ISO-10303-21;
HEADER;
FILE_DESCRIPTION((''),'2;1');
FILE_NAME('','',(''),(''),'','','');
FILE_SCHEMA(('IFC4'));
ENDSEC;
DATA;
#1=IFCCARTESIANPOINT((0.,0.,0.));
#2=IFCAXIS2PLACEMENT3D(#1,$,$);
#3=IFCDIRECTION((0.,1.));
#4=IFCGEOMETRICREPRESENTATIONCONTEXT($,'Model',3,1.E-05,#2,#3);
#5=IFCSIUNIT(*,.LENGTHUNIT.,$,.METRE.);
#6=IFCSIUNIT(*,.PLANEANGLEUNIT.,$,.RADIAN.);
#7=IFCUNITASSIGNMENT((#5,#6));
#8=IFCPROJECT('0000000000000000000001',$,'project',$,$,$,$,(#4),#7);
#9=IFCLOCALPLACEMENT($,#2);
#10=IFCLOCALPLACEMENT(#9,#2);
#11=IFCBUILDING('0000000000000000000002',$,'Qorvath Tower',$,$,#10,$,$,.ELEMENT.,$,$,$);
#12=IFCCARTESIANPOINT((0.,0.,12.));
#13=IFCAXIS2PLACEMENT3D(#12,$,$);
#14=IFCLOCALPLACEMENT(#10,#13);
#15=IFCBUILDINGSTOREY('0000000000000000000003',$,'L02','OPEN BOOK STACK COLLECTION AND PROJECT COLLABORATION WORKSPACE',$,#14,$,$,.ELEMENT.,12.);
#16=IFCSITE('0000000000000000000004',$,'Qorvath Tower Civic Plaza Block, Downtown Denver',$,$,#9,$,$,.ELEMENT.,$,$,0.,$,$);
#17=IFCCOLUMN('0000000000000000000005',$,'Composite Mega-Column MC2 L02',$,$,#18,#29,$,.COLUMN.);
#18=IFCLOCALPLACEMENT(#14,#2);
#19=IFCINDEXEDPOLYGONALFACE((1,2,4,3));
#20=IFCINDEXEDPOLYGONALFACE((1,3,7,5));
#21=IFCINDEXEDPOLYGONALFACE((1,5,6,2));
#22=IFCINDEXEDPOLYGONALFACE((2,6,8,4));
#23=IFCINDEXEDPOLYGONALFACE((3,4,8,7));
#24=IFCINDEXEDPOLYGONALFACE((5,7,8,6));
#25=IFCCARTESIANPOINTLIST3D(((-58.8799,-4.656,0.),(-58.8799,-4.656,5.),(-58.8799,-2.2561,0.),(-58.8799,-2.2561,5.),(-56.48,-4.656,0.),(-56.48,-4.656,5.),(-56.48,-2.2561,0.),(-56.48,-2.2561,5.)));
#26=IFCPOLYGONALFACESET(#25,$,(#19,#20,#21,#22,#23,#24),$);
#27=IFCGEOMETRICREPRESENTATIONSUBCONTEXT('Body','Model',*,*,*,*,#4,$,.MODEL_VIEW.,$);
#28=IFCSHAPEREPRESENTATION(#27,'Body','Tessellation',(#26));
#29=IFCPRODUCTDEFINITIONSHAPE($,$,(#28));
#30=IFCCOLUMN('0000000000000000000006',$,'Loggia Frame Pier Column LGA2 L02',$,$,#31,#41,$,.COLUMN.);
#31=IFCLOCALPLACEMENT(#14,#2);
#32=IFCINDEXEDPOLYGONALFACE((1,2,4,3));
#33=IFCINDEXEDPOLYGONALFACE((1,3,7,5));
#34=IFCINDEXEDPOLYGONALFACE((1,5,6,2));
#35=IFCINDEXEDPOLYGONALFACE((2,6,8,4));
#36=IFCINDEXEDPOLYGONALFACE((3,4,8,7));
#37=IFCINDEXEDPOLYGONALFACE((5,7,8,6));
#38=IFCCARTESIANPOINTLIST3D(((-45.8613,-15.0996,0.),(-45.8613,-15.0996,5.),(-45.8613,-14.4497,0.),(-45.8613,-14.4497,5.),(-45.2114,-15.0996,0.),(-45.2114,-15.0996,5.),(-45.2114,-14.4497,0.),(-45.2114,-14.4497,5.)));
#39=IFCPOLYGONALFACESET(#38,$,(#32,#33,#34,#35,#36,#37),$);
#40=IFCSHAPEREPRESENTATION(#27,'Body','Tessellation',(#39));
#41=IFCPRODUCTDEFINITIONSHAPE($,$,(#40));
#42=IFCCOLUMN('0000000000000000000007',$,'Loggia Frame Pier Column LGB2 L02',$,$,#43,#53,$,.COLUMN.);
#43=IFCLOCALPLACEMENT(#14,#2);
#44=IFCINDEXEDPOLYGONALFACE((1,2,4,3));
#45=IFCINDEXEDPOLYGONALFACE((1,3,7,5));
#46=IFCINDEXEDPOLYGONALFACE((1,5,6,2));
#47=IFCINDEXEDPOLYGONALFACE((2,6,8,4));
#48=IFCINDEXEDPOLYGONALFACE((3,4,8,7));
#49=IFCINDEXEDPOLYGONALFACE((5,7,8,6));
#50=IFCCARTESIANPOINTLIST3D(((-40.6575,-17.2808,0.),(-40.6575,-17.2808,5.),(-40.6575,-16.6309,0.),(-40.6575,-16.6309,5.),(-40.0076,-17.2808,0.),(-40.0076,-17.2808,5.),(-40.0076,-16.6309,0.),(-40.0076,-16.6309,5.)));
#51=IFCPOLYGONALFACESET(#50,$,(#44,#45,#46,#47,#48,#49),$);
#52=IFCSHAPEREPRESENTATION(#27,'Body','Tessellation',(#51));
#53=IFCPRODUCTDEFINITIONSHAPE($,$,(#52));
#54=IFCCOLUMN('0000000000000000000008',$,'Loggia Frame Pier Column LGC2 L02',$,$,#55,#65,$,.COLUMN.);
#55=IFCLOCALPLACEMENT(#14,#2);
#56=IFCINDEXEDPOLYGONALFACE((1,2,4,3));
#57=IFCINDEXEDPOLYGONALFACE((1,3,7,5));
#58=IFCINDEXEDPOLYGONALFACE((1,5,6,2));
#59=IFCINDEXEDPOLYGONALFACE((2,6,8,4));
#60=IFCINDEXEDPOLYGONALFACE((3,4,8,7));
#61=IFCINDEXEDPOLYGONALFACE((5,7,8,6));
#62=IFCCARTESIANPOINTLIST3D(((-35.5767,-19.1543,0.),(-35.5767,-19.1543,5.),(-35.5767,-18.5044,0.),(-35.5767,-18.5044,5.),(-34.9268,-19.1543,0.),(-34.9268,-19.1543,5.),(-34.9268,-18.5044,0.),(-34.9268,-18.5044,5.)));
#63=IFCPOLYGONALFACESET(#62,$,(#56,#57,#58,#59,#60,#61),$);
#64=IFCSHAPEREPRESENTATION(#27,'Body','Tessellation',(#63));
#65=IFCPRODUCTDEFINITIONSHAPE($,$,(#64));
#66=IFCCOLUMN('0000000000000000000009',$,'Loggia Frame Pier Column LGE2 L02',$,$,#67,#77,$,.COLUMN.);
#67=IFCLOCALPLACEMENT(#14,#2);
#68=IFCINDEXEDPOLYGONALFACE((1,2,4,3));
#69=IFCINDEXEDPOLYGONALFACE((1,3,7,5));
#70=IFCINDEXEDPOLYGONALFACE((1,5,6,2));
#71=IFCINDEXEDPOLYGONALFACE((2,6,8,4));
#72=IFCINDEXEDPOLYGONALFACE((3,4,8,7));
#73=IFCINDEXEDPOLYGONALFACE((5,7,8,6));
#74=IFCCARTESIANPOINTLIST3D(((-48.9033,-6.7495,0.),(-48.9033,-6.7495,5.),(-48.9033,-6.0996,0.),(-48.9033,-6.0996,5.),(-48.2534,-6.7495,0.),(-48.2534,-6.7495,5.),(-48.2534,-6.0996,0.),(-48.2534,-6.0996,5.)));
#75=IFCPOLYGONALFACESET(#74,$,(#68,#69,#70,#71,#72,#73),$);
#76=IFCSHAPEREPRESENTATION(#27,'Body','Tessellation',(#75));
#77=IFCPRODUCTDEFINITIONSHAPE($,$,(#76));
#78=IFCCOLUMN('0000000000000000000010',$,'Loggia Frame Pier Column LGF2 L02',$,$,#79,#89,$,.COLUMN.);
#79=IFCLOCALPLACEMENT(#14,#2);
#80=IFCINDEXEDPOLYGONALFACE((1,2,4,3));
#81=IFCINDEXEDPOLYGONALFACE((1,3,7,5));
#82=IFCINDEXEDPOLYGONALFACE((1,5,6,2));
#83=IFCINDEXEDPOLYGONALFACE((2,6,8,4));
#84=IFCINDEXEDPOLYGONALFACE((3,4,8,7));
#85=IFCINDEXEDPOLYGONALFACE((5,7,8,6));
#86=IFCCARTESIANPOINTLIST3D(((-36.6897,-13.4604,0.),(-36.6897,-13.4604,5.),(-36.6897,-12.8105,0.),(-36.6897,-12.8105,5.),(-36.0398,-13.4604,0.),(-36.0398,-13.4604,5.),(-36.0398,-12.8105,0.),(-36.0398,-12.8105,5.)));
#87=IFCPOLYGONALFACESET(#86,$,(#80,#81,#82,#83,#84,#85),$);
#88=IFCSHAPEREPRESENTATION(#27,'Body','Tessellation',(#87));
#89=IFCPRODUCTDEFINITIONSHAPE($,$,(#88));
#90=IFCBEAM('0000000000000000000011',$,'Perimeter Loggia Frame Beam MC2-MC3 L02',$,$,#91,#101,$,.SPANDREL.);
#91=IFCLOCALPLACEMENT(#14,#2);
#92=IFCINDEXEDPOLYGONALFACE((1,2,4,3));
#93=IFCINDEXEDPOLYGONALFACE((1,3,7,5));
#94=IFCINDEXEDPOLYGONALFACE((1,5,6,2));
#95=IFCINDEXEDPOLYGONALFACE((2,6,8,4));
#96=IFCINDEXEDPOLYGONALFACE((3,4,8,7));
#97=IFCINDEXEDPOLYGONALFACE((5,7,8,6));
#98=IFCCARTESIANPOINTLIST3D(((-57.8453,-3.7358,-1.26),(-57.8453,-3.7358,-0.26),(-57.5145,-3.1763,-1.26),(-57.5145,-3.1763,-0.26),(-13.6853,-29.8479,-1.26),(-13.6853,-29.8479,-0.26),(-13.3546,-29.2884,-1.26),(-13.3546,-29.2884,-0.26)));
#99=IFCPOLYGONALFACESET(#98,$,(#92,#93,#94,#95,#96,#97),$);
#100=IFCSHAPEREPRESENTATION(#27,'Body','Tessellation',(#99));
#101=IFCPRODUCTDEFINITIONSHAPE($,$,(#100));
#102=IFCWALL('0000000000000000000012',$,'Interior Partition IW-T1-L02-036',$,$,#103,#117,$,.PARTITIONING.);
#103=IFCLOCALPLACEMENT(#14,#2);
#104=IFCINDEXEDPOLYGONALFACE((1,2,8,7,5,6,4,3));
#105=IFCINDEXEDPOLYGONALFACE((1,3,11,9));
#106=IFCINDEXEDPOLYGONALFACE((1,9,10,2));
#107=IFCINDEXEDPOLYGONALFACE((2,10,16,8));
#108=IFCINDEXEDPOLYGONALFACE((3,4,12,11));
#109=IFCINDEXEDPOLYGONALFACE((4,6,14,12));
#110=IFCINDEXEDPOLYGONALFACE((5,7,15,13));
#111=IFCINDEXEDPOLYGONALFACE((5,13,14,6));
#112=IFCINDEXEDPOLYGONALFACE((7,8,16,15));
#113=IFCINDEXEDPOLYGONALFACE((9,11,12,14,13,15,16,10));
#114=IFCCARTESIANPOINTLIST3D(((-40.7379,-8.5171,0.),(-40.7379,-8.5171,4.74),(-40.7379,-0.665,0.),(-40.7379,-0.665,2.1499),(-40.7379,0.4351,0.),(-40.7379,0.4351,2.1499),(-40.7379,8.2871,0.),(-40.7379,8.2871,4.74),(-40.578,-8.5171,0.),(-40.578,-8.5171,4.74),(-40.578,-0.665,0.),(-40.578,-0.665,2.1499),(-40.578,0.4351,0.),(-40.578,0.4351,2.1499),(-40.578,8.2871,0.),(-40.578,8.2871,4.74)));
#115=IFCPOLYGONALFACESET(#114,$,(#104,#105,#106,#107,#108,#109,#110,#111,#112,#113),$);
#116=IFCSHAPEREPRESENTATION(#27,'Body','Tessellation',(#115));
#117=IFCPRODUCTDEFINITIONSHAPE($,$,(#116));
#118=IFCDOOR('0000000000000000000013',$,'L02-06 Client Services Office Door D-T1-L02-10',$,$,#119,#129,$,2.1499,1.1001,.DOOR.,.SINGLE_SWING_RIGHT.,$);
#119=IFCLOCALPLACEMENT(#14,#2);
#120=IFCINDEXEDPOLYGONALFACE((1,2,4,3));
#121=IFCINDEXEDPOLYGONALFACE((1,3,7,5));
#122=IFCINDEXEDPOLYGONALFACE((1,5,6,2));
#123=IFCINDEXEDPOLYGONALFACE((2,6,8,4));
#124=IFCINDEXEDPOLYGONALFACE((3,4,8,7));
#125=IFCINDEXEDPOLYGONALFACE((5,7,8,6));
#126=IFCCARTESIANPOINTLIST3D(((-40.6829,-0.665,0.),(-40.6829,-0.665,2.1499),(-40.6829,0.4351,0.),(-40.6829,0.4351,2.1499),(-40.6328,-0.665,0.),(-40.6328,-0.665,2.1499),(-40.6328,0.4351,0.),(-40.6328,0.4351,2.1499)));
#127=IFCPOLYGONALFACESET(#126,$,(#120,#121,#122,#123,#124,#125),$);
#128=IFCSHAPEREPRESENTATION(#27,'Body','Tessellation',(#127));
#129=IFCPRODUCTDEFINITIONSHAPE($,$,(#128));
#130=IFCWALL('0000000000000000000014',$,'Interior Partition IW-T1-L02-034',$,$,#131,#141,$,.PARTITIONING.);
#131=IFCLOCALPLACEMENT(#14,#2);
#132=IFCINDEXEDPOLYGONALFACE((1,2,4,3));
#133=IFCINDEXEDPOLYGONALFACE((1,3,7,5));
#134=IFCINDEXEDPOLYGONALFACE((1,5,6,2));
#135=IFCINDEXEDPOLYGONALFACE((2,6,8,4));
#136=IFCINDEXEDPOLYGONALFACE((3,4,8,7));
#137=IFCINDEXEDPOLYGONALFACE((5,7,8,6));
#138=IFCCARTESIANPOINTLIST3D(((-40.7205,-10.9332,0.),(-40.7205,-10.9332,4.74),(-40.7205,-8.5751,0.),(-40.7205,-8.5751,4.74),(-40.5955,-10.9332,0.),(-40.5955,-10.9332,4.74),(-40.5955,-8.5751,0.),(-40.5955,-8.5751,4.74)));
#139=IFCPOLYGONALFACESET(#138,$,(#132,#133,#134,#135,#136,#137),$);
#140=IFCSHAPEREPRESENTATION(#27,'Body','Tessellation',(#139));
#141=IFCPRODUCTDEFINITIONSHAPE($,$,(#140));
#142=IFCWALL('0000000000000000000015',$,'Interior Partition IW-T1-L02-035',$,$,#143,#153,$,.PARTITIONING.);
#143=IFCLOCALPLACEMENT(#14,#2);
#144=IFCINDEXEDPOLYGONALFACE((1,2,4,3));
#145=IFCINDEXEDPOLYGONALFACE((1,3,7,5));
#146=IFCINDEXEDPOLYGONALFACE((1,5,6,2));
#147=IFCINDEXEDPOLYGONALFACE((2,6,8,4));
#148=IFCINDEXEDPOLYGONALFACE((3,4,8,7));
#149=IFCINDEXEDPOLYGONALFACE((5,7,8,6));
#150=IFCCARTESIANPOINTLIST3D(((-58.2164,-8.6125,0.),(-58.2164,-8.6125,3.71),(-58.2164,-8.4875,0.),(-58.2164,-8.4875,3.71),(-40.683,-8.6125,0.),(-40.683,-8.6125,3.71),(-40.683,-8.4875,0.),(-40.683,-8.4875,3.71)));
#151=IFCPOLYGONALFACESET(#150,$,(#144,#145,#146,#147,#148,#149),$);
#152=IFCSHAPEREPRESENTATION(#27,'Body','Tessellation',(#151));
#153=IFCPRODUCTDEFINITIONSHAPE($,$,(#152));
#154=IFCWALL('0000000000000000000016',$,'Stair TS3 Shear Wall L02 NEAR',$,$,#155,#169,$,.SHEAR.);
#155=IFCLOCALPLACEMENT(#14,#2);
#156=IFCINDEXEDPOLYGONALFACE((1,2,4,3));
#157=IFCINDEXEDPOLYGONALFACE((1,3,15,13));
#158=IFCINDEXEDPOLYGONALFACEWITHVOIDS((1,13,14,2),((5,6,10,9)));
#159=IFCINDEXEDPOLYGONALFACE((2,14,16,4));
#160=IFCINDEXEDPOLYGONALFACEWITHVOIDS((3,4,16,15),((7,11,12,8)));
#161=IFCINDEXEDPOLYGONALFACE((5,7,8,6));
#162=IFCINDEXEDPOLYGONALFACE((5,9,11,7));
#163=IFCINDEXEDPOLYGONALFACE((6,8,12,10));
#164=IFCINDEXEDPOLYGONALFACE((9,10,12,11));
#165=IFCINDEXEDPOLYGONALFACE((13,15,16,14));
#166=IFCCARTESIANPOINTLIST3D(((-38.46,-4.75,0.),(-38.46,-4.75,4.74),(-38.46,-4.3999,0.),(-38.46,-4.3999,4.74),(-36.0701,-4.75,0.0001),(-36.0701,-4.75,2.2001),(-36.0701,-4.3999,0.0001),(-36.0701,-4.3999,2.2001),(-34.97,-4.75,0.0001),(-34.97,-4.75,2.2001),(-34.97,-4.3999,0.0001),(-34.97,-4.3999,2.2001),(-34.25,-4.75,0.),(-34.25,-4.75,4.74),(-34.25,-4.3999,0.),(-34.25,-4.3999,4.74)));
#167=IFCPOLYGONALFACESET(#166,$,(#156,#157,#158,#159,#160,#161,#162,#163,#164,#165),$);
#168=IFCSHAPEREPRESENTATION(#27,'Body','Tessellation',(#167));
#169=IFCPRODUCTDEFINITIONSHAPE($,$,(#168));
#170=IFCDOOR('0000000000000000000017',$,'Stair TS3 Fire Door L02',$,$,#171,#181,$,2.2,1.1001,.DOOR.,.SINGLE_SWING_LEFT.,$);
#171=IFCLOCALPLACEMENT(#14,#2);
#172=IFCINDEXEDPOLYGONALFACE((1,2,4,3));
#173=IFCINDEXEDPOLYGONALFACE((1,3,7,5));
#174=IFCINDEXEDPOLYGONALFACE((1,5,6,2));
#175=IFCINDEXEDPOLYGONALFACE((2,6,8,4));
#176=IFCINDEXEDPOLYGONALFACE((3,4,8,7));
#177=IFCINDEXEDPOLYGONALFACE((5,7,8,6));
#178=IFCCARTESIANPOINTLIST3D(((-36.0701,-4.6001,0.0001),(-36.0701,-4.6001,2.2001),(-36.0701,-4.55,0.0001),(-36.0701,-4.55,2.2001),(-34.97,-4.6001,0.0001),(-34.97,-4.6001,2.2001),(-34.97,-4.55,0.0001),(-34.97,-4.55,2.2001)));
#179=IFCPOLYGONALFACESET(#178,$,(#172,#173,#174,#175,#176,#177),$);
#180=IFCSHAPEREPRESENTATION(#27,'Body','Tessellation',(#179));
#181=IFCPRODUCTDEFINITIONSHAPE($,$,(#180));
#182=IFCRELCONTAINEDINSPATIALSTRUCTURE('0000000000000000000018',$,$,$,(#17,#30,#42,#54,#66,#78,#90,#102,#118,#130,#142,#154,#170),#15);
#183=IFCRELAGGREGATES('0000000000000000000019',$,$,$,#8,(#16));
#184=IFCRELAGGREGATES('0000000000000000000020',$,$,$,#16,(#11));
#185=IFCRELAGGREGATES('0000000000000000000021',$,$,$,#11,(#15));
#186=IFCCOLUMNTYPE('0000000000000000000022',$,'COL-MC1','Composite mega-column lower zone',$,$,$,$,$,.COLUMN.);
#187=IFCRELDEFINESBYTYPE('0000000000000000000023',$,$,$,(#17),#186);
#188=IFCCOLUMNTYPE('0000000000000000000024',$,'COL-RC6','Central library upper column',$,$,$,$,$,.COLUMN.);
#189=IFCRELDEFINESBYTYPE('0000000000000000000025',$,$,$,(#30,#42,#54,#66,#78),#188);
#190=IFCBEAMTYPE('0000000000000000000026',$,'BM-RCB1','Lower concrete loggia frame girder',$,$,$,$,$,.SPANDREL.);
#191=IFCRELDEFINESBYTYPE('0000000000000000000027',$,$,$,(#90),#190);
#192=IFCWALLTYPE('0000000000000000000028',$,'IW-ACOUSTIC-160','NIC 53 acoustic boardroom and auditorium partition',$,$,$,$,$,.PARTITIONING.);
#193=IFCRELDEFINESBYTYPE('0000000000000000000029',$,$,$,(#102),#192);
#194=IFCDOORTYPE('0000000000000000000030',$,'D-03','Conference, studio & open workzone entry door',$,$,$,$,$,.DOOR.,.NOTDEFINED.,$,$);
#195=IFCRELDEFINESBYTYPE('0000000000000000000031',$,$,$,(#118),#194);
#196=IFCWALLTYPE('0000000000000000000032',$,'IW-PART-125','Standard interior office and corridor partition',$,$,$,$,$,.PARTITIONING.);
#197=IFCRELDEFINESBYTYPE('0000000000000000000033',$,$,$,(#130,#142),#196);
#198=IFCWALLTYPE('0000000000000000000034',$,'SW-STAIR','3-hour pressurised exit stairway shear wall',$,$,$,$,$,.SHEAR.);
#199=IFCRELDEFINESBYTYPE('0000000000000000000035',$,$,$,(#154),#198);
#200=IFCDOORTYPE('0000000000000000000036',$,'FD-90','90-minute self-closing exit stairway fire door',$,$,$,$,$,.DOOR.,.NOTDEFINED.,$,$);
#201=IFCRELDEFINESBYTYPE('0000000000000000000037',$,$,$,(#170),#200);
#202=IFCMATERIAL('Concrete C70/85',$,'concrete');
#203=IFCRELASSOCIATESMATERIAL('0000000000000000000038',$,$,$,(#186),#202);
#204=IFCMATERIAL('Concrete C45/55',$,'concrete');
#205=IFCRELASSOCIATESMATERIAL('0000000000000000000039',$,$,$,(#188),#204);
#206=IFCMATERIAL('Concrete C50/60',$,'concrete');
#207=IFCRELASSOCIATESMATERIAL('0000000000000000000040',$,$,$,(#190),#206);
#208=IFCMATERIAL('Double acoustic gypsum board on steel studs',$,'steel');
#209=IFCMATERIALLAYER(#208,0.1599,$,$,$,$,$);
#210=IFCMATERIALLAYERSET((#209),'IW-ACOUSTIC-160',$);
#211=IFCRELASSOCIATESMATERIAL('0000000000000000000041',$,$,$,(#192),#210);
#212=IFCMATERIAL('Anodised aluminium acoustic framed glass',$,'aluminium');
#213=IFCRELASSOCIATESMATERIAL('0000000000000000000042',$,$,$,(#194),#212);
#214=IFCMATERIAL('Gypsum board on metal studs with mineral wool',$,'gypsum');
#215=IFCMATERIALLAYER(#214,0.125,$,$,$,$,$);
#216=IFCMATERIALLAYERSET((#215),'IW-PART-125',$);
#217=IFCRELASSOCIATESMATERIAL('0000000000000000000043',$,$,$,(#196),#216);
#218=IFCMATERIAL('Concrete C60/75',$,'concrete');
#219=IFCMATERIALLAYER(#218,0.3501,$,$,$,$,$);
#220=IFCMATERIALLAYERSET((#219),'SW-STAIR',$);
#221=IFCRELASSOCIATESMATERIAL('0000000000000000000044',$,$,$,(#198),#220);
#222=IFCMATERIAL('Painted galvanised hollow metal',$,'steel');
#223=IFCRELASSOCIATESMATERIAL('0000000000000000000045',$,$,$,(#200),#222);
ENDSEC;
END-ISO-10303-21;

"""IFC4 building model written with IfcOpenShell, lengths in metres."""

from ifc_helpers import new_model, si_unit, direction, frame, frame_2d, origin, origin_2d, place, context, subcontext, project, spatial, rectangle, extrude, material, layer, layer_set, material_profile, profile_set, type_object, element, fill, save


model = new_model("IFC4")

# Units and contexts
model_context = context("Model", 3, precision=1e-05, world=origin(), true_north=direction((0.0, 1.0)))
body_context = subcontext(model_context, "Body", "Model", "MODEL_VIEW")
ifc_project = project(units=[si_unit("LENGTHUNIT", "METRE"), si_unit("PLANEANGLEUNIT", "RADIAN")], contexts=[model_context])

# Site, building, storey
site_placement = place(None, origin())
site = spatial("IfcSite", under=ifc_project, at=site_placement, Name="Qorvath Tower Civic Plaza Block, Downtown Denver", CompositionType="ELEMENT", RefElevation=0.0)
building_placement = place(site_placement, origin())
building = spatial("IfcBuilding", under=site, at=building_placement, Name="Qorvath Tower", CompositionType="ELEMENT")
storey_placement = place(building_placement, frame((0.0, 0.0, 12.0)))
storey = spatial("IfcBuildingStorey", under=building, at=storey_placement, Name="L02", Description="OPEN BOOK STACK COLLECTION AND PROJECT COLLABORATION WORKSPACE", CompositionType="ELEMENT", Elevation=12.0)

# Columns
ifc_material_1 = material(Name="Concrete C70/85", Category="concrete")
ifc_material_profile_1 = material_profile(ifc_material_1, rectangle(XDim=2.3999, YDim=2.3999, at=origin_2d()), Name="MC 2400x2400")
ifc_profile_set_1 = profile_set([ifc_material_profile_1], Name="Concrete C70/85")
column_type_1 = type_object("IfcColumnType", Name="COL-MC1", Description="Composite mega-column lower zone", PredefinedType="COLUMN", material=ifc_profile_set_1)
column_placement = place(storey_placement, frame((-57.6799, -3.4561, 0.0), z_axis=(0.0, 0.0, 1.0), x_axis=(1.0, 0.0, 0.0)))
element("IfcColumn", 1, at=column_placement, inside=storey, type_object=column_type_1, Name="Composite Mega-Column MC2 L02", PredefinedType="COLUMN", context=body_context, shape_type="SweptSolid", body=[
    extrude(rectangle(XDim=2.3999, YDim=2.3999, at=origin_2d()), origin(), (0.0, 0.0, 1.0), 5.0),
])
ifc_material_2 = material(Name="Concrete C45/55", Category="concrete")
ifc_material_profile_2 = material_profile(ifc_material_2, rectangle(XDim=0.6499, YDim=0.6499, at=origin_2d()), Name="RC 650x650")
ifc_profile_set_2 = profile_set([ifc_material_profile_2], Name="Concrete C45/55")
column_type_2 = type_object("IfcColumnType", Name="COL-RC6", Description="Central library upper column", PredefinedType="COLUMN", material=ifc_profile_set_2)
for number, where, z_axis, x_axis, name in (
    (2, (-45.5364, -14.7747, 0.0), (0.0, 0.0, 1.0), (1.0, 0.0, 0.0), "Loggia Frame Pier Column LGA2 L02"),
    (3, (-40.3325, -16.9558, 0.0), (0.0, 0.0, 1.0), (1.0, 0.0, 0.0), "Loggia Frame Pier Column LGB2 L02"),
    (4, (-35.2517, -18.8293, 0.0), (0.0, 0.0, 1.0), (1.0, 0.0, 0.0), "Loggia Frame Pier Column LGC2 L02"),
    (5, (-48.5784, -6.4246, 0.0), (0.0, 0.0, 1.0), (1.0, 0.0, 0.0), "Loggia Frame Pier Column LGE2 L02"),
    (6, (-36.3647, -13.1355, 0.0), (0.0, 0.0, 1.0), (1.0, 0.0, 0.0), "Loggia Frame Pier Column LGF2 L02"),
):
    element("IfcColumn", number, at=place(storey_placement, frame(where, z_axis=z_axis, x_axis=x_axis)), inside=storey, type_object=column_type_2, Name=name, PredefinedType="COLUMN", context=body_context, shape_type="SweptSolid", body=[
        extrude(rectangle(XDim=0.6499, YDim=0.6499, at=origin_2d()), origin(), (0.0, 0.0, 1.0), 5.0),
    ])

# Beam
ifc_material_3 = material(Name="Concrete C50/60", Category="concrete")
ifc_material_profile_3 = material_profile(ifc_material_3, rectangle(XDim=0.6499, YDim=1.0, at=origin_2d()), Name="RCB 1000x650")
ifc_profile_set_3 = profile_set([ifc_material_profile_3], Name="Concrete C50/60")
beam_type = type_object("IfcBeamType", Name="BM-RCB1", Description="Lower concrete loggia frame girder", PredefinedType="SPANDREL", material=ifc_profile_set_3)
beam_placement = place(storey_placement, frame((-57.6799, -3.4561, -0.76), z_axis=(0.860777, -0.508983, 0.0), x_axis=(0.508983, 0.860777, 0.0)))
element("IfcBeam", 7, at=beam_placement, inside=storey, type_object=beam_type, Name="Perimeter Loggia Frame Beam MC2-MC3 L02", PredefinedType="SPANDREL", context=body_context, shape_type="SweptSolid", body=[
    extrude(rectangle(XDim=0.6499, YDim=1.0, at=origin_2d()), origin(), (0.0, 0.0, 1.0), 51.3025),
])

# Wall, opening, door
ifc_material_4 = material(Name="Double acoustic gypsum board on steel studs", Category="steel")
ifc_layer_1 = layer(ifc_material_4, 0.1599)
ifc_layer_set_1 = layer_set([ifc_layer_1], Name="IW-ACOUSTIC-160")
wall_type_1 = type_object("IfcWallType", Name="IW-ACOUSTIC-160", Description="NIC 53 acoustic boardroom and auditorium partition", PredefinedType="PARTITIONING", material=ifc_layer_set_1)
wall_1_placement = place(storey_placement, frame((-40.658, -8.5171, 0.0), z_axis=(0.0, 0.0, 1.0), x_axis=(0.0, 1.0, 0.0)))
wall_1 = element("IfcWall", 8, at=wall_1_placement, inside=storey, type_object=wall_type_1, Name="Interior Partition IW-T1-L02-036", PredefinedType="PARTITIONING", context=body_context, shape_type="SweptSolid", body=[
    extrude(rectangle(XDim=16.8042, YDim=0.1599, at=frame_2d((8.4021, 0.0))), origin(), (0.0, 0.0, 1.0), 4.74),
])
opening_1_placement = place(wall_1_placement, frame((7.8521, 0.0, 0.0)))
opening_1 = element("IfcOpeningElement", 9, at=opening_1_placement, cuts=wall_1, PredefinedType="OPENING", context=body_context, shape_type="SweptSolid", body=[
    extrude(rectangle(XDim=1.1001, YDim=2.1499, at=frame_2d((0.55, 1.075))), frame((0.0, 0.0898, 0.0), z_axis=(0.0, -1.0, 0.0), x_axis=(1.0, 0.0, 0.0)), (0.0, 0.0, 1.0), 0.1799),
])
ifc_material_5 = material(Name="Anodised aluminium acoustic framed glass", Category="aluminium")
door_type_1 = type_object("IfcDoorType", Name="D-03", Description="Conference, studio & open workzone entry door", OperationType="NOTDEFINED", PredefinedType="DOOR", material=ifc_material_5)
door_1_placement = place(opening_1_placement, origin())
door_1 = element("IfcDoor", 10, at=door_1_placement, inside=storey, type_object=door_type_1, Name="L02-06 Client Services Office Door D-T1-L02-10", OperationType="SINGLE_SWING_RIGHT", OverallHeight=2.1499, OverallWidth=1.1001, PredefinedType="DOOR", context=body_context, shape_type="SweptSolid", body=[
    extrude(rectangle(XDim=1.1001, YDim=2.1499, at=frame_2d((0.55, 1.075))), frame((0.0, 0.0249, 0.0), z_axis=(0.0, -1.0, 0.0), x_axis=(1.0, 0.0, 0.0)), (0.0, 0.0, 1.0), 0.05),
])
fill(opening_1, door_1)

# Walls
ifc_material_6 = material(Name="Gypsum board on metal studs with mineral wool", Category="gypsum")
ifc_layer_2 = layer(ifc_material_6, 0.125)
ifc_layer_set_2 = layer_set([ifc_layer_2], Name="IW-PART-125")
wall_type_2 = type_object("IfcWallType", Name="IW-PART-125", Description="Standard interior office and corridor partition", PredefinedType="PARTITIONING", material=ifc_layer_set_2)
wall_2_placement = place(storey_placement, frame((-40.658, -8.575, 0.0), z_axis=(0.0, 0.0, 1.0), x_axis=(0.0, -1.0, 0.0)))
element("IfcWall", 11, at=wall_2_placement, inside=storey, type_object=wall_type_2, Name="Interior Partition IW-T1-L02-034", PredefinedType="PARTITIONING", context=body_context, shape_type="SweptSolid", body=[
    extrude(rectangle(XDim=2.3582, YDim=0.125, at=frame_2d((1.1792, 0.0))), origin(), (0.0, 0.0, 1.0), 4.74),
])
wall_3_placement = place(storey_placement, frame((-40.6831, -8.55, 0.0), z_axis=(0.0, 0.0, 1.0), x_axis=(-1.0, 0.0, 0.0)))
element("IfcWall", 12, at=wall_3_placement, inside=storey, type_object=wall_type_2, Name="Interior Partition IW-T1-L02-035", PredefinedType="PARTITIONING", context=body_context, shape_type="SweptSolid", body=[
    extrude(rectangle(XDim=17.5334, YDim=0.125, at=frame_2d((8.7666, 0.0))), origin(), (0.0, 0.0, 1.0), 3.71),
])

# Wall, opening, door
ifc_material_7 = material(Name="Concrete C60/75", Category="concrete")
ifc_layer_3 = layer(ifc_material_7, 0.3501)
ifc_layer_set_3 = layer_set([ifc_layer_3], Name="SW-STAIR")
wall_type_3 = type_object("IfcWallType", Name="SW-STAIR", Description="3-hour pressurised exit stairway shear wall", PredefinedType="SHEAR", material=ifc_layer_set_3)
wall_4_placement = place(storey_placement, frame((-38.46, -4.575, 0.0), z_axis=(0.0, 0.0, 1.0), x_axis=(1.0, 0.0, 0.0)))
wall_4 = element("IfcWall", 13, at=wall_4_placement, inside=storey, type_object=wall_type_3, Name="Stair TS3 Shear Wall L02 NEAR", PredefinedType="SHEAR", context=body_context, shape_type="SweptSolid", body=[
    extrude(rectangle(XDim=4.21, YDim=0.3501, at=frame_2d((2.105, 0.0))), origin(), (0.0, 0.0, 1.0), 4.74),
])
opening_2_placement = place(wall_4_placement, frame((2.3899, 0.0, 0.0)))
opening_2 = element("IfcOpeningElement", 14, at=opening_2_placement, cuts=wall_4, PredefinedType="OPENING", context=body_context, shape_type="SweptSolid", body=[
    extrude(rectangle(XDim=1.1001, YDim=2.2, at=frame_2d((0.55, 1.1001))), frame((0.0, 0.1851, 0.0), z_axis=(0.0, -1.0, 0.0), x_axis=(1.0, 0.0, 0.0)), (0.0, 0.0, 1.0), 0.3701),
])
ifc_material_8 = material(Name="Painted galvanised hollow metal", Category="steel")
door_type_2 = type_object("IfcDoorType", Name="FD-90", Description="90-minute self-closing exit stairway fire door", OperationType="NOTDEFINED", PredefinedType="DOOR", material=ifc_material_8)
door_2_placement = place(opening_2_placement, origin())
door_2 = element("IfcDoor", 15, at=door_2_placement, inside=storey, type_object=door_type_2, Name="Stair TS3 Fire Door L02", OperationType="SINGLE_SWING_LEFT", OverallHeight=2.2, OverallWidth=1.1001, PredefinedType="DOOR", context=body_context, shape_type="SweptSolid", body=[
    extrude(rectangle(XDim=1.1001, YDim=2.2, at=frame_2d((0.55, 1.1001))), frame((0.0, 0.0249, 0.0), z_axis=(0.0, -1.0, 0.0), x_axis=(1.0, 0.0, 0.0)), (0.0, 0.0, 1.0), 0.05),
])
fill(opening_2, door_2)

save(model, "model.ifc")
